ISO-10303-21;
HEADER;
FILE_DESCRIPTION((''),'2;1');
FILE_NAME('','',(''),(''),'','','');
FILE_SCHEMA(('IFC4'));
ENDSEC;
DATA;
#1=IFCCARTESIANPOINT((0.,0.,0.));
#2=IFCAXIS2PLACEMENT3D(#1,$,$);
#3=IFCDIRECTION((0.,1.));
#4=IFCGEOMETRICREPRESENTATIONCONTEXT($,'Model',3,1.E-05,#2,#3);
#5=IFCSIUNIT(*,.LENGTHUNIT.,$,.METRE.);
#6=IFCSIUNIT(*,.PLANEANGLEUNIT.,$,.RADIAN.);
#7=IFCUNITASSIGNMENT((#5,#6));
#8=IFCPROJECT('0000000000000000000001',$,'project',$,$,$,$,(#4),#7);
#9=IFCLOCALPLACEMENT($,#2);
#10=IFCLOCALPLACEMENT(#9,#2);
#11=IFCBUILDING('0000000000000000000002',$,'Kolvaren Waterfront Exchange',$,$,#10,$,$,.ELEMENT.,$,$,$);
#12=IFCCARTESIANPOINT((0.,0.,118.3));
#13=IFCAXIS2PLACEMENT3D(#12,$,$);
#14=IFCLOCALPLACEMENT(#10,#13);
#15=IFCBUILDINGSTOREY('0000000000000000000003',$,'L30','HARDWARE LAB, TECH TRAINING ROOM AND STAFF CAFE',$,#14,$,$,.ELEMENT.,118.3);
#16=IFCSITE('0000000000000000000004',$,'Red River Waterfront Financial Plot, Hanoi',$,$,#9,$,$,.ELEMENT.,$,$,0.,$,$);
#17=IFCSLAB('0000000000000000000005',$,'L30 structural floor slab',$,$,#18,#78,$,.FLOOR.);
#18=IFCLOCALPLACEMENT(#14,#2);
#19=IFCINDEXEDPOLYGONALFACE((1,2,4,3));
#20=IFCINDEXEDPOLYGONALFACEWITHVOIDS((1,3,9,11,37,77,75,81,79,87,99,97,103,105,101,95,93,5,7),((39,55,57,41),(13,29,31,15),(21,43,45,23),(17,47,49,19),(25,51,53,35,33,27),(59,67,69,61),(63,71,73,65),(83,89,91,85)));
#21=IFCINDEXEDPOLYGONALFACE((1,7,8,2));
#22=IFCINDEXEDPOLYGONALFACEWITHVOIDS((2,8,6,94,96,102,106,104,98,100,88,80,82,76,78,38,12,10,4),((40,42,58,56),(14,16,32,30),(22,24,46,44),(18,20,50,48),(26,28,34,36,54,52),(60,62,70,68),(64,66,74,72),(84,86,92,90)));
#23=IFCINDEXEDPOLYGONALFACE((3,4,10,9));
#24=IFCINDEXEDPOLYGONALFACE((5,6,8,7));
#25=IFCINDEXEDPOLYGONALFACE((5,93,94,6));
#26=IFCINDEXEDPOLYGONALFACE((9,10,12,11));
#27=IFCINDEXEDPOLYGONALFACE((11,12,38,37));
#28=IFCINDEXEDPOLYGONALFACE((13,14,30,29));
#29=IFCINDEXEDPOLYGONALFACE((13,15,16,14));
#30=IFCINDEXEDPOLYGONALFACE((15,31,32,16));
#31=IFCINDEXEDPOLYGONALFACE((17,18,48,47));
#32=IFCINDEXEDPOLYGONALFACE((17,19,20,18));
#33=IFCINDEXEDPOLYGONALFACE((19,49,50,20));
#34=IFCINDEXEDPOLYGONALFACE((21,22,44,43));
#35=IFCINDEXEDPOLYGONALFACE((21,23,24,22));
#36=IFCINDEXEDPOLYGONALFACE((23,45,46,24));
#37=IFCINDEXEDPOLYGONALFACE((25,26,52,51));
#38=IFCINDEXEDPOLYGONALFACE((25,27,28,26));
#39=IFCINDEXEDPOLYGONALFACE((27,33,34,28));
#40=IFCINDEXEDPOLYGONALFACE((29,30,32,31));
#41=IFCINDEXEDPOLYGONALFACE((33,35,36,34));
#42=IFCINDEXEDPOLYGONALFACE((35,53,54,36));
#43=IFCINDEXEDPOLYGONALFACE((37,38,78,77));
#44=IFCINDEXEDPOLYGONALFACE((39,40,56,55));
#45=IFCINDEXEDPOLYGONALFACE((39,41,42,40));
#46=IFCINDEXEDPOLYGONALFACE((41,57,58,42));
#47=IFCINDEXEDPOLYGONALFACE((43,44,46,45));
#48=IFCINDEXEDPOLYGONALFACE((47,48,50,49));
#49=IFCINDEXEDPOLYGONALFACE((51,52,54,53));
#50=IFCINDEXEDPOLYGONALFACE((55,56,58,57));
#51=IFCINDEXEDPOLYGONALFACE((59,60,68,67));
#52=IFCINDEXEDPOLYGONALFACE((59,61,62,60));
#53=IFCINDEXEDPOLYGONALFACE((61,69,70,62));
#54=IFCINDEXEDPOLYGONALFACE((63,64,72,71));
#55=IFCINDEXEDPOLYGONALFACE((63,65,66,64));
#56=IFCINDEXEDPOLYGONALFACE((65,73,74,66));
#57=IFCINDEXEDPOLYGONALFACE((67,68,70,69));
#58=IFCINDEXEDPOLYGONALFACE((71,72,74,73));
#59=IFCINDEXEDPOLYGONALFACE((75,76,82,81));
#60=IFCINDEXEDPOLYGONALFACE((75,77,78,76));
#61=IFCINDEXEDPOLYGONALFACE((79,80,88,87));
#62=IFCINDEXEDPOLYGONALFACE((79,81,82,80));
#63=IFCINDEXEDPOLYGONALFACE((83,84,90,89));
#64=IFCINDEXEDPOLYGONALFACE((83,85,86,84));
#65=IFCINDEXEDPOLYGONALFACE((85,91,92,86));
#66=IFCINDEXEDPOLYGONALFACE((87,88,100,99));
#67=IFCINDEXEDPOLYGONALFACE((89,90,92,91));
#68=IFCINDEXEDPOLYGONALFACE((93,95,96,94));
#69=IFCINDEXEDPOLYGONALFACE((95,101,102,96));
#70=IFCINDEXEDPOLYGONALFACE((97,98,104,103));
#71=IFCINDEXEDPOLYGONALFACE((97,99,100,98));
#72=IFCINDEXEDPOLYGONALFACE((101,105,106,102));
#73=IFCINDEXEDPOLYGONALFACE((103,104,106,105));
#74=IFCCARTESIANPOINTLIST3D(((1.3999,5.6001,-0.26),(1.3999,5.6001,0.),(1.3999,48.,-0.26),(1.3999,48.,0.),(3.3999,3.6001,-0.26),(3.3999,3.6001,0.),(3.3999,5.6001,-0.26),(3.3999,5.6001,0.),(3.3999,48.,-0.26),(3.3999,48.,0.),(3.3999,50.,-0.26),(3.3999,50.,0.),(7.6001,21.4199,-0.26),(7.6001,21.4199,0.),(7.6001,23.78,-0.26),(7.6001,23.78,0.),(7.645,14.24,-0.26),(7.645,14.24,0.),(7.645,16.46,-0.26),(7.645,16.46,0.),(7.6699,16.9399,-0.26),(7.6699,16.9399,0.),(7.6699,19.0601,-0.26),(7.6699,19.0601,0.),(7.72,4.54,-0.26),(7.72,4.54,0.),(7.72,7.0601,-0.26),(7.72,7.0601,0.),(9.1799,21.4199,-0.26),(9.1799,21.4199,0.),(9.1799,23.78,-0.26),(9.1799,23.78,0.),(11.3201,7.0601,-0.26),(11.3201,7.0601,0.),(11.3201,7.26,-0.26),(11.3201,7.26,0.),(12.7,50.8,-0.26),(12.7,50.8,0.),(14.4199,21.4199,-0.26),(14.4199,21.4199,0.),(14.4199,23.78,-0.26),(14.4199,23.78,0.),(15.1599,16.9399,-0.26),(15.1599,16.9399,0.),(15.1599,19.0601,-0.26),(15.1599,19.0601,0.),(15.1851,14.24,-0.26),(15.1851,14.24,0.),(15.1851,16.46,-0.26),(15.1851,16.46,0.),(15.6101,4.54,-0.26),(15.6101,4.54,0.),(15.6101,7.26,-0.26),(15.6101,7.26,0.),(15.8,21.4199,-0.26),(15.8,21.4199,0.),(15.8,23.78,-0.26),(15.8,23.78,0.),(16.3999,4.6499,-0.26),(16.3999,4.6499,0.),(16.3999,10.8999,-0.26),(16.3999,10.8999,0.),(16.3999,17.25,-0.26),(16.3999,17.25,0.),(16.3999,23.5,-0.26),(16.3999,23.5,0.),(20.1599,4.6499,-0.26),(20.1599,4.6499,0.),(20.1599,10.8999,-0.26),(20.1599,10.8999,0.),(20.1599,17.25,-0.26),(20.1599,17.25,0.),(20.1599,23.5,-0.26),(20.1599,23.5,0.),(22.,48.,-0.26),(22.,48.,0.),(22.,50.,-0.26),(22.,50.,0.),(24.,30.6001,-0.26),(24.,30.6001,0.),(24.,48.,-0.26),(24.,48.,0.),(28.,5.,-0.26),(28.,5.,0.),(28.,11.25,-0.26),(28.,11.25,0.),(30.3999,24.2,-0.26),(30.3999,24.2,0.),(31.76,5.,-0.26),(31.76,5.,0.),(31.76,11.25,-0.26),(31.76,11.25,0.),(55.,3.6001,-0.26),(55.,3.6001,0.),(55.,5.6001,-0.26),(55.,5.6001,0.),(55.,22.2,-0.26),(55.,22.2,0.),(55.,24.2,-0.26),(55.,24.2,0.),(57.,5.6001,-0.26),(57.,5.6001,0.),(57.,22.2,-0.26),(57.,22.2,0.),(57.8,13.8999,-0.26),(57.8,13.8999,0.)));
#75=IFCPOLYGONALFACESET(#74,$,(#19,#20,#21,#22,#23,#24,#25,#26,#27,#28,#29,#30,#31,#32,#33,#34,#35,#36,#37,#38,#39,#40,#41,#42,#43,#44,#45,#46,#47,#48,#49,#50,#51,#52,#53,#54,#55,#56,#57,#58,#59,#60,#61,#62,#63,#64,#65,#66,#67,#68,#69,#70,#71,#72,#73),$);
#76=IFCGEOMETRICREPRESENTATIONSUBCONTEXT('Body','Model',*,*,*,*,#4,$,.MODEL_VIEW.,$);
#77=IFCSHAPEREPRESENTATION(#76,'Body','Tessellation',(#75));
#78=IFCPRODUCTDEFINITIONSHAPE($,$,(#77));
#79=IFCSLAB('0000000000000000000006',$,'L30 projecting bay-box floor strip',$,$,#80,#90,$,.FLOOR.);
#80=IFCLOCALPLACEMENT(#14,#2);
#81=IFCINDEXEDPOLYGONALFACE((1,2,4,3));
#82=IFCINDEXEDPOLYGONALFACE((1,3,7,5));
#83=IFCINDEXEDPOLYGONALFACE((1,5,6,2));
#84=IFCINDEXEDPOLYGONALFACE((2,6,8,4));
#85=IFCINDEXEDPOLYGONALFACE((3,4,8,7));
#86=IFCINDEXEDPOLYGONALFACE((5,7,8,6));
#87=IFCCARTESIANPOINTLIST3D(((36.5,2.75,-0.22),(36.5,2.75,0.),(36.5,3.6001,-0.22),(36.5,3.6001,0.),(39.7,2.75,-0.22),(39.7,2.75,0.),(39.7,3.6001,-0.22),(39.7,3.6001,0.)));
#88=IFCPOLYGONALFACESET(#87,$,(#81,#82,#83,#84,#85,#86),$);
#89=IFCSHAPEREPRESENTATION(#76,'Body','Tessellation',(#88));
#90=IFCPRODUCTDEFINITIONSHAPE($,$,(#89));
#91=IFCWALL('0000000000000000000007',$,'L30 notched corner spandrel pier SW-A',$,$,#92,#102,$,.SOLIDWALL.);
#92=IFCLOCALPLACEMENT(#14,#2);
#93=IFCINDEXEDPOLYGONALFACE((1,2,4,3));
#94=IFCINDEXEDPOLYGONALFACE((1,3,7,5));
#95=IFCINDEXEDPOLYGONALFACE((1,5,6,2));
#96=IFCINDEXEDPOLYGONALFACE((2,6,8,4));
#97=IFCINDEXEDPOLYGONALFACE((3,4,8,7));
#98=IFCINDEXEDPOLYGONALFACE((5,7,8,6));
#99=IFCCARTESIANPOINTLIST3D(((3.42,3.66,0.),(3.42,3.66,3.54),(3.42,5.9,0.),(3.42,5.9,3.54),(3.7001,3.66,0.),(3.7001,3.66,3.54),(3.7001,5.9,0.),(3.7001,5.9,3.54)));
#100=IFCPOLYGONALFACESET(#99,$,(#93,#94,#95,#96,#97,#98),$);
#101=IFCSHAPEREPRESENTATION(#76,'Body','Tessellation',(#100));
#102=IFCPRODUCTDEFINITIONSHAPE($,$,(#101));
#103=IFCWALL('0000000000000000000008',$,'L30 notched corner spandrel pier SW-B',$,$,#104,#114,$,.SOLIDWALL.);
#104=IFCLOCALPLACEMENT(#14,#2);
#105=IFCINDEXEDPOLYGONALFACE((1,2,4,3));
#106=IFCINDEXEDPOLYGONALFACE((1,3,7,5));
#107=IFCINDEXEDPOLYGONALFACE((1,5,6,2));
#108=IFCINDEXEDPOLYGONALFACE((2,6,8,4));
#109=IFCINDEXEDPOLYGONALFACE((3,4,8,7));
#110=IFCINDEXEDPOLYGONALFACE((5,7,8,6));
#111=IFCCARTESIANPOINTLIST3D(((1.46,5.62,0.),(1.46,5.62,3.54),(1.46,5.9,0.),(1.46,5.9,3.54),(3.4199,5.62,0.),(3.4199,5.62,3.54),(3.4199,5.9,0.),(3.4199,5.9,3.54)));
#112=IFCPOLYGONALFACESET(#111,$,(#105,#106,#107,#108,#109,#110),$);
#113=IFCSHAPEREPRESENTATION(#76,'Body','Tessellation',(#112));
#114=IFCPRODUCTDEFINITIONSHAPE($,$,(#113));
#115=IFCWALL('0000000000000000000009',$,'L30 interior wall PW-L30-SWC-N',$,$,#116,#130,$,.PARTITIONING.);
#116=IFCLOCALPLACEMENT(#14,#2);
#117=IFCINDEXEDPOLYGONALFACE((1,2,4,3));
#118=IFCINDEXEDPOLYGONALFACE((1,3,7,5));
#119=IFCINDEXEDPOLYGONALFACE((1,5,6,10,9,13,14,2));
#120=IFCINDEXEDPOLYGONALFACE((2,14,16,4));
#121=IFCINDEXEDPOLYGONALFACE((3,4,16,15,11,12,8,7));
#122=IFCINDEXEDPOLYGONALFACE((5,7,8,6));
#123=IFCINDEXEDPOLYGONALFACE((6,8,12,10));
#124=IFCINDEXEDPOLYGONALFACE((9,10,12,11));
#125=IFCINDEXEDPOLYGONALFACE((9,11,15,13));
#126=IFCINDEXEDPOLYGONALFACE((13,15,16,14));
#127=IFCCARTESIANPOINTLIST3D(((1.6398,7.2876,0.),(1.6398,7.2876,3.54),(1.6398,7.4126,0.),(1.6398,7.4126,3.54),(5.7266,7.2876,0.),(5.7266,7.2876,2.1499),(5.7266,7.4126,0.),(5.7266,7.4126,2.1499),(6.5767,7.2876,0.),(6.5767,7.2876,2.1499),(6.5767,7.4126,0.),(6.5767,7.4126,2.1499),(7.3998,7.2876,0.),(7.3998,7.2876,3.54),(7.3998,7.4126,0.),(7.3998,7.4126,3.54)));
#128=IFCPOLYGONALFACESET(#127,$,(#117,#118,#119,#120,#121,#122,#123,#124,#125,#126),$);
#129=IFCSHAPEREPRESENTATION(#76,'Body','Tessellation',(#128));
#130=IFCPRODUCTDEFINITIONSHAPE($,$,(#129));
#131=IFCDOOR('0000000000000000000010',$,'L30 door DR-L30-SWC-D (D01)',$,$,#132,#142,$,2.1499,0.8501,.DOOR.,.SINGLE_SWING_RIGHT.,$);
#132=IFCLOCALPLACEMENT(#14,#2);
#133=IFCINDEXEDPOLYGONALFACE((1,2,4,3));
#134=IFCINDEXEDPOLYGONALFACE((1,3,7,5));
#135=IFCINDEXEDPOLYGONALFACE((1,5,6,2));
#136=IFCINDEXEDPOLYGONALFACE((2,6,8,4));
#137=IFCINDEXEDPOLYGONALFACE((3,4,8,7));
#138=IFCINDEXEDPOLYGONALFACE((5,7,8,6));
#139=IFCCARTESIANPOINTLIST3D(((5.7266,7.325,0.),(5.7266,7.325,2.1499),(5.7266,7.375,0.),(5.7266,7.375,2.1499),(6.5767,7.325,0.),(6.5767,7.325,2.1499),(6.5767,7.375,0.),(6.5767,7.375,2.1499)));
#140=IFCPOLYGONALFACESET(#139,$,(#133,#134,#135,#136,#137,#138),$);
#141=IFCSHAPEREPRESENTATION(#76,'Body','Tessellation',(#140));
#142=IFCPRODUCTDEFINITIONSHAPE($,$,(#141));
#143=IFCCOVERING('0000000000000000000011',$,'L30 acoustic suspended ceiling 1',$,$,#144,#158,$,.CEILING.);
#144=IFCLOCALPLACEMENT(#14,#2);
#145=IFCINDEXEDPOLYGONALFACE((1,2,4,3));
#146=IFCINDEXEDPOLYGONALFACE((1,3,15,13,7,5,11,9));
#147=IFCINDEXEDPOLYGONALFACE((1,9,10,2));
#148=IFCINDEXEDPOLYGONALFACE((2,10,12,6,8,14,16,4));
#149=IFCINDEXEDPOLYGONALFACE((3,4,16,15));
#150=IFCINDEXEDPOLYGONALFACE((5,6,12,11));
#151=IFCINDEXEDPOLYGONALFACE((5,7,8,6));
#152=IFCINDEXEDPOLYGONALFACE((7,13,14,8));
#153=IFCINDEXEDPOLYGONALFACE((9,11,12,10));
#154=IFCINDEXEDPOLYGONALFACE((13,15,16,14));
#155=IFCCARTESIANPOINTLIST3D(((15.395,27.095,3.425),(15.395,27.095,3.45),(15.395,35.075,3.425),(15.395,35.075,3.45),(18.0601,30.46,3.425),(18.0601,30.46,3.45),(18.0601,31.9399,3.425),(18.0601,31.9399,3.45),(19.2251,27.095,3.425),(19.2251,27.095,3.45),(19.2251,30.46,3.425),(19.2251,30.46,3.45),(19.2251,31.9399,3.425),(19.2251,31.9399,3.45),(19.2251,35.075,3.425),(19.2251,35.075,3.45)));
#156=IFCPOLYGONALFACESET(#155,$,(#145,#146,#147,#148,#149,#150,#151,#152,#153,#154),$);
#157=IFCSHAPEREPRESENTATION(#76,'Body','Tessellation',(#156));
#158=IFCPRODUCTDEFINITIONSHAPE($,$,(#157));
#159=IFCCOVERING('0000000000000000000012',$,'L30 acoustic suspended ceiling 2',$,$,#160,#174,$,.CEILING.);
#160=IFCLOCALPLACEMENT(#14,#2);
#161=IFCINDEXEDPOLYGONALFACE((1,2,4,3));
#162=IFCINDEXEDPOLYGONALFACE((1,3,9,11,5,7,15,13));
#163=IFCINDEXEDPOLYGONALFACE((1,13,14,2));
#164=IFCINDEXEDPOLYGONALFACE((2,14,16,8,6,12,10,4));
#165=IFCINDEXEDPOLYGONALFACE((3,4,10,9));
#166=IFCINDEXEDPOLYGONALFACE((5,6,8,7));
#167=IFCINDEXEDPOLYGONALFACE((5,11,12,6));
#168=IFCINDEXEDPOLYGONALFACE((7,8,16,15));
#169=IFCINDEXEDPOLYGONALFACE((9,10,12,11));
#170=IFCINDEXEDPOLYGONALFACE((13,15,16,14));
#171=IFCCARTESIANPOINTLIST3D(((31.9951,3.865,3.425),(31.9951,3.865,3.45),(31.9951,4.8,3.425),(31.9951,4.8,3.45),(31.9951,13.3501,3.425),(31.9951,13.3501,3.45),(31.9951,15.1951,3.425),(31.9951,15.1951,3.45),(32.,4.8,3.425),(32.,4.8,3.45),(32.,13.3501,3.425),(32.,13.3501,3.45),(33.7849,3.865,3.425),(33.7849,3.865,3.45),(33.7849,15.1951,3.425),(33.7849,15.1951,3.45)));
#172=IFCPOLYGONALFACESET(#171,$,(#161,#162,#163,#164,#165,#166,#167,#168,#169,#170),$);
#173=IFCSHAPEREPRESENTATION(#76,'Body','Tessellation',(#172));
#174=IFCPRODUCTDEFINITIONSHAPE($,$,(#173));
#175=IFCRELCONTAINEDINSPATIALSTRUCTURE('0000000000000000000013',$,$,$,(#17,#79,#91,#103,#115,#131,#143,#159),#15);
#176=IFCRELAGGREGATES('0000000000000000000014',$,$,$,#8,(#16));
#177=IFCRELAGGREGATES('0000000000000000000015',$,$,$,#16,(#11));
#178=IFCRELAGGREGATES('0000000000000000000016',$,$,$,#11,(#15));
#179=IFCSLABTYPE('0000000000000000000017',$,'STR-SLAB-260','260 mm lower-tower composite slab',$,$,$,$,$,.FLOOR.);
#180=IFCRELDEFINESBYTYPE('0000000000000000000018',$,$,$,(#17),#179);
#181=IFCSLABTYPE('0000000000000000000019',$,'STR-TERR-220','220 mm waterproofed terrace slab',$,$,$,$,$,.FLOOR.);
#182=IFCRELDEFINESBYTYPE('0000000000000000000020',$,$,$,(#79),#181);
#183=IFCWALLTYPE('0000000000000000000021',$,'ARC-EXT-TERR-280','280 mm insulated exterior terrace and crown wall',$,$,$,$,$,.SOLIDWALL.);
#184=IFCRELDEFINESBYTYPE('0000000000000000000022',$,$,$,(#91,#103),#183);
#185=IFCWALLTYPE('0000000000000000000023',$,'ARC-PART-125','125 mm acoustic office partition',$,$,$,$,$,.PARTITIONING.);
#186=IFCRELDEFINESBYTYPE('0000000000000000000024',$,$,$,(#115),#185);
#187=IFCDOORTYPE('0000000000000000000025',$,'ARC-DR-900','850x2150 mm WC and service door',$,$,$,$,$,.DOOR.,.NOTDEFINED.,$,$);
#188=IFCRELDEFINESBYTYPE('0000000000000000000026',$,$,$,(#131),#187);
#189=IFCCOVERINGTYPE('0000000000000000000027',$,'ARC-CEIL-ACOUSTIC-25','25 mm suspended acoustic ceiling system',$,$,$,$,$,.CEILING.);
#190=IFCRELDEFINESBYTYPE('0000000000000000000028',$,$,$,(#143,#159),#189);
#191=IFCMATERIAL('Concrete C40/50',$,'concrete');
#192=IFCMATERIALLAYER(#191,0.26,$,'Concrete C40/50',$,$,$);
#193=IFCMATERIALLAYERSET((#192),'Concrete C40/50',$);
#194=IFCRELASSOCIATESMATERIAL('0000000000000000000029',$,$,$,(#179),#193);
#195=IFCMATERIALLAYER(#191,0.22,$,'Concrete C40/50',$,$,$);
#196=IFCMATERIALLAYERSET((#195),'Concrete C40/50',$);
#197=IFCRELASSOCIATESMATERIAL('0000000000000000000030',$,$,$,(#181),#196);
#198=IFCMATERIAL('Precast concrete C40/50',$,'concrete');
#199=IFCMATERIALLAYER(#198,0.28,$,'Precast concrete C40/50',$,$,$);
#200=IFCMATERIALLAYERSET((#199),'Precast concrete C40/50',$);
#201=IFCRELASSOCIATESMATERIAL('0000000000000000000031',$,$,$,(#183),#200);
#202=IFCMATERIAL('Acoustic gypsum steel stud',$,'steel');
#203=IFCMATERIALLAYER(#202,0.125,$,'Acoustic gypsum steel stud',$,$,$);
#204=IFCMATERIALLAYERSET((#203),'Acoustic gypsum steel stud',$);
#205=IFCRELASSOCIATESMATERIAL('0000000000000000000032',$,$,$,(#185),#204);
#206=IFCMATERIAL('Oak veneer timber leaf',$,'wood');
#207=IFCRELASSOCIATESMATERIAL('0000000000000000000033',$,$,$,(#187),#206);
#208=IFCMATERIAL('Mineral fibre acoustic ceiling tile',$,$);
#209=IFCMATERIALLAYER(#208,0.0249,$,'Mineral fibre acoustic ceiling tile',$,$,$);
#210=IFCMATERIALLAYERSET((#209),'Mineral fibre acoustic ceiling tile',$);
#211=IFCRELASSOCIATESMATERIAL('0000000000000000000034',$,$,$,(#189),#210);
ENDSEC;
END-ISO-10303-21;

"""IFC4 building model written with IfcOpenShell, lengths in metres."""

from ifc_helpers import new_model, si_unit, direction, frame, frame_2d, origin, place, context, subcontext, project, spatial, polyline, rectangle, outline, extrude, material, layer, layer_set, type_object, element, fill, save


model = new_model("IFC4")

# Units and contexts
model_context = context("Model", 3, precision=1e-05, world=origin(), true_north=direction((0.0, 1.0)))
body_context = subcontext(model_context, "Body", "Model", "MODEL_VIEW")
ifc_project = project(units=[si_unit("LENGTHUNIT", "METRE"), si_unit("PLANEANGLEUNIT", "RADIAN")], contexts=[model_context])

# Site, building, storey
site_placement = place(None, origin())
site = spatial("IfcSite", under=ifc_project, at=site_placement, Name="Red River Waterfront Financial Plot, Hanoi", CompositionType="ELEMENT", RefElevation=0.0)
building_placement = place(site_placement, origin())
building = spatial("IfcBuilding", under=site, at=building_placement, Name="Kolvaren Waterfront Exchange", CompositionType="ELEMENT")
storey_placement = place(building_placement, frame((0.0, 0.0, 118.3)))
storey = spatial("IfcBuildingStorey", under=building, at=storey_placement, Name="L30", Description="HARDWARE LAB, TECH TRAINING ROOM AND STAFF CAFE", CompositionType="ELEMENT", Elevation=118.3)

# Shared definitions
ifc_material_1 = material(Name="Concrete C40/50", Category="concrete")

# Slabs
ifc_layer_1 = layer(ifc_material_1, 0.26, Name="Concrete C40/50")
ifc_layer_set_1 = layer_set([ifc_layer_1], Name="Concrete C40/50")
slab_type_1 = type_object("IfcSlabType", Name="STR-SLAB-260", Description="260 mm lower-tower composite slab", PredefinedType="FLOOR", material=ifc_layer_set_1)
slab_1_placement = place(storey_placement, frame((0.0, 0.0, -0.26)))
element("IfcSlab", 1, at=slab_1_placement, inside=storey, type_object=slab_type_1, Name="L30 structural floor slab", PredefinedType="FLOOR", context=body_context, shape_type="SweptSolid", body=[
    extrude(outline(polyline([(3.3999, 3.6001), (55.0, 3.6001), (55.0, 5.6001), (57.0, 5.6001), (57.8, 13.8999), (57.0, 22.2), (55.0, 22.2), (55.0, 24.2), (30.3999, 24.2), (24.0, 30.6001), (24.0, 48.0), (22.0, 48.0), (22.0, 50.0), (12.7, 50.8), (3.3999, 50.0), (3.3999, 48.0), (1.3999, 48.0), (1.3999, 5.6001), (3.3999, 5.6001), (3.3999, 3.6001)]), holes=[polyline([(11.3201, 7.26), (15.6101, 7.26), (15.6101, 4.54), (7.72, 4.54), (7.72, 7.0601), (11.3201, 7.0601), (11.3201, 7.26)]), polyline([(20.1599, 10.8999), (20.1599, 4.6499), (16.3999, 4.6499), (16.3999, 10.8999), (20.1599, 10.8999)]), polyline([(31.76, 11.25), (31.76, 5.0), (28.0, 5.0), (28.0, 11.25), (31.76, 11.25)]), polyline([(15.1851, 14.24), (7.645, 14.24), (7.645, 16.46), (15.1851, 16.46), (15.1851, 14.24)]), polyline([(15.1599, 16.9399), (7.6699, 16.9399), (7.6699, 19.0601), (15.1599, 19.0601), (15.1599, 16.9399)]), polyline([(16.3999, 23.5), (20.1599, 23.5), (20.1599, 17.25), (16.3999, 17.25), (16.3999, 23.5)]), polyline([(7.6001, 23.78), (9.1799, 23.78), (9.1799, 21.4199), (7.6001, 21.4199), (7.6001, 23.78)]), polyline([(15.8, 23.78), (15.8, 21.4199), (14.4199, 21.4199), (14.4199, 23.78), (15.8, 23.78)])]), origin(), (0.0, 0.0, 1.0), 0.26),
])
ifc_layer_2 = layer(ifc_material_1, 0.22, Name="Concrete C40/50")
ifc_layer_set_2 = layer_set([ifc_layer_2], Name="Concrete C40/50")
slab_type_2 = type_object("IfcSlabType", Name="STR-TERR-220", Description="220 mm waterproofed terrace slab", PredefinedType="FLOOR", material=ifc_layer_set_2)
slab_2_placement = place(storey_placement, frame((0.0, 0.0, -0.22)))
element("IfcSlab", 2, at=slab_2_placement, inside=storey, type_object=slab_type_2, Name="L30 projecting bay-box floor strip", PredefinedType="FLOOR", context=body_context, shape_type="SweptSolid", body=[
    extrude(outline(polyline([(36.5, 2.75), (39.7, 2.75), (39.7, 3.6001), (36.5, 3.6001), (36.5, 2.75)])), origin(), (0.0, 0.0, 1.0), 0.22),
])

# Walls
ifc_material_2 = material(Name="Precast concrete C40/50", Category="concrete")
ifc_layer_3 = layer(ifc_material_2, 0.28, Name="Precast concrete C40/50")
ifc_layer_set_3 = layer_set([ifc_layer_3], Name="Precast concrete C40/50")
wall_type_1 = type_object("IfcWallType", Name="ARC-EXT-TERR-280", Description="280 mm insulated exterior terrace and crown wall", PredefinedType="SOLIDWALL", material=ifc_layer_set_3)
wall_1_placement = place(storey_placement, frame((3.5601, 3.6599, 0.0), z_axis=(0.0, 0.0, 1.0), x_axis=(0.0, 1.0, 0.0)))
element("IfcWall", 3, at=wall_1_placement, inside=storey, type_object=wall_type_1, Name="L30 notched corner spandrel pier SW-A", PredefinedType="SOLIDWALL", context=body_context, shape_type="SweptSolid", body=[
    extrude(rectangle(XDim=2.24, YDim=0.28, at=frame_2d((1.1201, 0.0))), origin(), (0.0, 0.0, 1.0), 3.54),
])
wall_2_placement = place(storey_placement, frame((1.46, 5.76, 0.0), z_axis=(0.0, 0.0, 1.0), x_axis=(1.0, 0.0, 0.0)))
element("IfcWall", 4, at=wall_2_placement, inside=storey, type_object=wall_type_1, Name="L30 notched corner spandrel pier SW-B", PredefinedType="SOLIDWALL", context=body_context, shape_type="SweptSolid", body=[
    extrude(rectangle(XDim=1.96, YDim=0.28, at=frame_2d((0.98, 0.0))), origin(), (0.0, 0.0, 1.0), 3.54),
])

# Wall, opening, door
ifc_material_3 = material(Name="Acoustic gypsum steel stud", Category="steel")
ifc_layer_4 = layer(ifc_material_3, 0.125, Name="Acoustic gypsum steel stud")
ifc_layer_set_4 = layer_set([ifc_layer_4], Name="Acoustic gypsum steel stud")
wall_type_2 = type_object("IfcWallType", Name="ARC-PART-125", Description="125 mm acoustic office partition", PredefinedType="PARTITIONING", material=ifc_layer_set_4)
wall_3_placement = place(storey_placement, frame((1.6399, 7.3501, 0.0), z_axis=(0.0, 0.0, 1.0), x_axis=(1.0, 0.0, 0.0)))
wall_3 = element("IfcWall", 5, at=wall_3_placement, inside=storey, type_object=wall_type_2, Name="L30 interior wall PW-L30-SWC-N", PredefinedType="PARTITIONING", context=body_context, shape_type="SweptSolid", body=[
    extrude(rectangle(XDim=5.76, YDim=0.125, at=frame_2d((2.8799, 0.0))), origin(), (0.0, 0.0, 1.0), 3.54),
])
opening_placement = place(wall_3_placement, frame((4.0867, 0.0, 0.0)))
opening = element("IfcOpeningElement", 6, at=opening_placement, cuts=wall_3, PredefinedType="OPENING", context=body_context, shape_type="SweptSolid", body=[
    extrude(rectangle(XDim=0.8501, YDim=2.1499, at=frame_2d((0.425, 1.075))), frame((0.0, 0.0725, 0.0), z_axis=(0.0, -1.0, 0.0), x_axis=(1.0, 0.0, 0.0)), (0.0, 0.0, 1.0), 0.145),
])
ifc_material_4 = material(Name="Oak veneer timber leaf", Category="wood")
door_type = type_object("IfcDoorType", Name="ARC-DR-900", Description="850x2150 mm WC and service door", OperationType="NOTDEFINED", PredefinedType="DOOR", material=ifc_material_4)
door_placement = place(opening_placement, origin())
door = element("IfcDoor", 7, at=door_placement, inside=storey, type_object=door_type, Name="L30 door DR-L30-SWC-D (D01)", OperationType="SINGLE_SWING_RIGHT", OverallHeight=2.1499, OverallWidth=0.8501, PredefinedType="DOOR", context=body_context, shape_type="SweptSolid", body=[
    extrude(rectangle(XDim=0.8501, YDim=2.1499, at=frame_2d((0.425, 1.075))), frame((0.0, 0.0249, 0.0), z_axis=(0.0, -1.0, 0.0), x_axis=(1.0, 0.0, 0.0)), (0.0, 0.0, 1.0), 0.05),
])
fill(opening, door)

# Coverings
ifc_material_5 = material(Name="Mineral fibre acoustic ceiling tile")
ifc_layer_5 = layer(ifc_material_5, 0.0249, Name="Mineral fibre acoustic ceiling tile")
ifc_layer_set_5 = layer_set([ifc_layer_5], Name="Mineral fibre acoustic ceiling tile")
covering_type_1 = type_object("IfcCoveringType", Name="ARC-CEIL-ACOUSTIC-25", Description="25 mm suspended acoustic ceiling system", PredefinedType="CEILING", material=ifc_layer_set_5)
covering_1_placement = place(storey_placement, frame((0.0, 0.0, 3.425)))
element("IfcCovering", 8, at=covering_1_placement, inside=storey, type_object=covering_type_1, Name="L30 acoustic suspended ceiling 1", PredefinedType="CEILING", context=body_context, shape_type="SweptSolid", body=[
    extrude(outline(polyline([(19.2251, 30.46), (18.0601, 30.46), (18.0601, 31.9399), (19.2251, 31.9399), (19.2251, 35.075), (15.395, 35.075), (15.395, 27.095), (19.2251, 27.095), (19.2251, 30.46)])), origin(), (0.0, 0.0, 1.0), 0.0249),
])
covering_2_placement = place(storey_placement, frame((0.0, 0.0, 3.425)))
element("IfcCovering", 9, at=covering_2_placement, inside=storey, type_object=covering_type_1, Name="L30 acoustic suspended ceiling 2", PredefinedType="CEILING", context=body_context, shape_type="SweptSolid", body=[
    extrude(outline(polyline([(33.7849, 3.865), (33.7849, 15.1951), (31.9951, 15.1951), (31.9951, 13.3501), (32.0, 13.3501), (32.0, 4.8), (31.9951, 4.8), (31.9951, 3.865), (33.7849, 3.865)])), origin(), (0.0, 0.0, 1.0), 0.0249),
])

save(model, "model.ifc")
